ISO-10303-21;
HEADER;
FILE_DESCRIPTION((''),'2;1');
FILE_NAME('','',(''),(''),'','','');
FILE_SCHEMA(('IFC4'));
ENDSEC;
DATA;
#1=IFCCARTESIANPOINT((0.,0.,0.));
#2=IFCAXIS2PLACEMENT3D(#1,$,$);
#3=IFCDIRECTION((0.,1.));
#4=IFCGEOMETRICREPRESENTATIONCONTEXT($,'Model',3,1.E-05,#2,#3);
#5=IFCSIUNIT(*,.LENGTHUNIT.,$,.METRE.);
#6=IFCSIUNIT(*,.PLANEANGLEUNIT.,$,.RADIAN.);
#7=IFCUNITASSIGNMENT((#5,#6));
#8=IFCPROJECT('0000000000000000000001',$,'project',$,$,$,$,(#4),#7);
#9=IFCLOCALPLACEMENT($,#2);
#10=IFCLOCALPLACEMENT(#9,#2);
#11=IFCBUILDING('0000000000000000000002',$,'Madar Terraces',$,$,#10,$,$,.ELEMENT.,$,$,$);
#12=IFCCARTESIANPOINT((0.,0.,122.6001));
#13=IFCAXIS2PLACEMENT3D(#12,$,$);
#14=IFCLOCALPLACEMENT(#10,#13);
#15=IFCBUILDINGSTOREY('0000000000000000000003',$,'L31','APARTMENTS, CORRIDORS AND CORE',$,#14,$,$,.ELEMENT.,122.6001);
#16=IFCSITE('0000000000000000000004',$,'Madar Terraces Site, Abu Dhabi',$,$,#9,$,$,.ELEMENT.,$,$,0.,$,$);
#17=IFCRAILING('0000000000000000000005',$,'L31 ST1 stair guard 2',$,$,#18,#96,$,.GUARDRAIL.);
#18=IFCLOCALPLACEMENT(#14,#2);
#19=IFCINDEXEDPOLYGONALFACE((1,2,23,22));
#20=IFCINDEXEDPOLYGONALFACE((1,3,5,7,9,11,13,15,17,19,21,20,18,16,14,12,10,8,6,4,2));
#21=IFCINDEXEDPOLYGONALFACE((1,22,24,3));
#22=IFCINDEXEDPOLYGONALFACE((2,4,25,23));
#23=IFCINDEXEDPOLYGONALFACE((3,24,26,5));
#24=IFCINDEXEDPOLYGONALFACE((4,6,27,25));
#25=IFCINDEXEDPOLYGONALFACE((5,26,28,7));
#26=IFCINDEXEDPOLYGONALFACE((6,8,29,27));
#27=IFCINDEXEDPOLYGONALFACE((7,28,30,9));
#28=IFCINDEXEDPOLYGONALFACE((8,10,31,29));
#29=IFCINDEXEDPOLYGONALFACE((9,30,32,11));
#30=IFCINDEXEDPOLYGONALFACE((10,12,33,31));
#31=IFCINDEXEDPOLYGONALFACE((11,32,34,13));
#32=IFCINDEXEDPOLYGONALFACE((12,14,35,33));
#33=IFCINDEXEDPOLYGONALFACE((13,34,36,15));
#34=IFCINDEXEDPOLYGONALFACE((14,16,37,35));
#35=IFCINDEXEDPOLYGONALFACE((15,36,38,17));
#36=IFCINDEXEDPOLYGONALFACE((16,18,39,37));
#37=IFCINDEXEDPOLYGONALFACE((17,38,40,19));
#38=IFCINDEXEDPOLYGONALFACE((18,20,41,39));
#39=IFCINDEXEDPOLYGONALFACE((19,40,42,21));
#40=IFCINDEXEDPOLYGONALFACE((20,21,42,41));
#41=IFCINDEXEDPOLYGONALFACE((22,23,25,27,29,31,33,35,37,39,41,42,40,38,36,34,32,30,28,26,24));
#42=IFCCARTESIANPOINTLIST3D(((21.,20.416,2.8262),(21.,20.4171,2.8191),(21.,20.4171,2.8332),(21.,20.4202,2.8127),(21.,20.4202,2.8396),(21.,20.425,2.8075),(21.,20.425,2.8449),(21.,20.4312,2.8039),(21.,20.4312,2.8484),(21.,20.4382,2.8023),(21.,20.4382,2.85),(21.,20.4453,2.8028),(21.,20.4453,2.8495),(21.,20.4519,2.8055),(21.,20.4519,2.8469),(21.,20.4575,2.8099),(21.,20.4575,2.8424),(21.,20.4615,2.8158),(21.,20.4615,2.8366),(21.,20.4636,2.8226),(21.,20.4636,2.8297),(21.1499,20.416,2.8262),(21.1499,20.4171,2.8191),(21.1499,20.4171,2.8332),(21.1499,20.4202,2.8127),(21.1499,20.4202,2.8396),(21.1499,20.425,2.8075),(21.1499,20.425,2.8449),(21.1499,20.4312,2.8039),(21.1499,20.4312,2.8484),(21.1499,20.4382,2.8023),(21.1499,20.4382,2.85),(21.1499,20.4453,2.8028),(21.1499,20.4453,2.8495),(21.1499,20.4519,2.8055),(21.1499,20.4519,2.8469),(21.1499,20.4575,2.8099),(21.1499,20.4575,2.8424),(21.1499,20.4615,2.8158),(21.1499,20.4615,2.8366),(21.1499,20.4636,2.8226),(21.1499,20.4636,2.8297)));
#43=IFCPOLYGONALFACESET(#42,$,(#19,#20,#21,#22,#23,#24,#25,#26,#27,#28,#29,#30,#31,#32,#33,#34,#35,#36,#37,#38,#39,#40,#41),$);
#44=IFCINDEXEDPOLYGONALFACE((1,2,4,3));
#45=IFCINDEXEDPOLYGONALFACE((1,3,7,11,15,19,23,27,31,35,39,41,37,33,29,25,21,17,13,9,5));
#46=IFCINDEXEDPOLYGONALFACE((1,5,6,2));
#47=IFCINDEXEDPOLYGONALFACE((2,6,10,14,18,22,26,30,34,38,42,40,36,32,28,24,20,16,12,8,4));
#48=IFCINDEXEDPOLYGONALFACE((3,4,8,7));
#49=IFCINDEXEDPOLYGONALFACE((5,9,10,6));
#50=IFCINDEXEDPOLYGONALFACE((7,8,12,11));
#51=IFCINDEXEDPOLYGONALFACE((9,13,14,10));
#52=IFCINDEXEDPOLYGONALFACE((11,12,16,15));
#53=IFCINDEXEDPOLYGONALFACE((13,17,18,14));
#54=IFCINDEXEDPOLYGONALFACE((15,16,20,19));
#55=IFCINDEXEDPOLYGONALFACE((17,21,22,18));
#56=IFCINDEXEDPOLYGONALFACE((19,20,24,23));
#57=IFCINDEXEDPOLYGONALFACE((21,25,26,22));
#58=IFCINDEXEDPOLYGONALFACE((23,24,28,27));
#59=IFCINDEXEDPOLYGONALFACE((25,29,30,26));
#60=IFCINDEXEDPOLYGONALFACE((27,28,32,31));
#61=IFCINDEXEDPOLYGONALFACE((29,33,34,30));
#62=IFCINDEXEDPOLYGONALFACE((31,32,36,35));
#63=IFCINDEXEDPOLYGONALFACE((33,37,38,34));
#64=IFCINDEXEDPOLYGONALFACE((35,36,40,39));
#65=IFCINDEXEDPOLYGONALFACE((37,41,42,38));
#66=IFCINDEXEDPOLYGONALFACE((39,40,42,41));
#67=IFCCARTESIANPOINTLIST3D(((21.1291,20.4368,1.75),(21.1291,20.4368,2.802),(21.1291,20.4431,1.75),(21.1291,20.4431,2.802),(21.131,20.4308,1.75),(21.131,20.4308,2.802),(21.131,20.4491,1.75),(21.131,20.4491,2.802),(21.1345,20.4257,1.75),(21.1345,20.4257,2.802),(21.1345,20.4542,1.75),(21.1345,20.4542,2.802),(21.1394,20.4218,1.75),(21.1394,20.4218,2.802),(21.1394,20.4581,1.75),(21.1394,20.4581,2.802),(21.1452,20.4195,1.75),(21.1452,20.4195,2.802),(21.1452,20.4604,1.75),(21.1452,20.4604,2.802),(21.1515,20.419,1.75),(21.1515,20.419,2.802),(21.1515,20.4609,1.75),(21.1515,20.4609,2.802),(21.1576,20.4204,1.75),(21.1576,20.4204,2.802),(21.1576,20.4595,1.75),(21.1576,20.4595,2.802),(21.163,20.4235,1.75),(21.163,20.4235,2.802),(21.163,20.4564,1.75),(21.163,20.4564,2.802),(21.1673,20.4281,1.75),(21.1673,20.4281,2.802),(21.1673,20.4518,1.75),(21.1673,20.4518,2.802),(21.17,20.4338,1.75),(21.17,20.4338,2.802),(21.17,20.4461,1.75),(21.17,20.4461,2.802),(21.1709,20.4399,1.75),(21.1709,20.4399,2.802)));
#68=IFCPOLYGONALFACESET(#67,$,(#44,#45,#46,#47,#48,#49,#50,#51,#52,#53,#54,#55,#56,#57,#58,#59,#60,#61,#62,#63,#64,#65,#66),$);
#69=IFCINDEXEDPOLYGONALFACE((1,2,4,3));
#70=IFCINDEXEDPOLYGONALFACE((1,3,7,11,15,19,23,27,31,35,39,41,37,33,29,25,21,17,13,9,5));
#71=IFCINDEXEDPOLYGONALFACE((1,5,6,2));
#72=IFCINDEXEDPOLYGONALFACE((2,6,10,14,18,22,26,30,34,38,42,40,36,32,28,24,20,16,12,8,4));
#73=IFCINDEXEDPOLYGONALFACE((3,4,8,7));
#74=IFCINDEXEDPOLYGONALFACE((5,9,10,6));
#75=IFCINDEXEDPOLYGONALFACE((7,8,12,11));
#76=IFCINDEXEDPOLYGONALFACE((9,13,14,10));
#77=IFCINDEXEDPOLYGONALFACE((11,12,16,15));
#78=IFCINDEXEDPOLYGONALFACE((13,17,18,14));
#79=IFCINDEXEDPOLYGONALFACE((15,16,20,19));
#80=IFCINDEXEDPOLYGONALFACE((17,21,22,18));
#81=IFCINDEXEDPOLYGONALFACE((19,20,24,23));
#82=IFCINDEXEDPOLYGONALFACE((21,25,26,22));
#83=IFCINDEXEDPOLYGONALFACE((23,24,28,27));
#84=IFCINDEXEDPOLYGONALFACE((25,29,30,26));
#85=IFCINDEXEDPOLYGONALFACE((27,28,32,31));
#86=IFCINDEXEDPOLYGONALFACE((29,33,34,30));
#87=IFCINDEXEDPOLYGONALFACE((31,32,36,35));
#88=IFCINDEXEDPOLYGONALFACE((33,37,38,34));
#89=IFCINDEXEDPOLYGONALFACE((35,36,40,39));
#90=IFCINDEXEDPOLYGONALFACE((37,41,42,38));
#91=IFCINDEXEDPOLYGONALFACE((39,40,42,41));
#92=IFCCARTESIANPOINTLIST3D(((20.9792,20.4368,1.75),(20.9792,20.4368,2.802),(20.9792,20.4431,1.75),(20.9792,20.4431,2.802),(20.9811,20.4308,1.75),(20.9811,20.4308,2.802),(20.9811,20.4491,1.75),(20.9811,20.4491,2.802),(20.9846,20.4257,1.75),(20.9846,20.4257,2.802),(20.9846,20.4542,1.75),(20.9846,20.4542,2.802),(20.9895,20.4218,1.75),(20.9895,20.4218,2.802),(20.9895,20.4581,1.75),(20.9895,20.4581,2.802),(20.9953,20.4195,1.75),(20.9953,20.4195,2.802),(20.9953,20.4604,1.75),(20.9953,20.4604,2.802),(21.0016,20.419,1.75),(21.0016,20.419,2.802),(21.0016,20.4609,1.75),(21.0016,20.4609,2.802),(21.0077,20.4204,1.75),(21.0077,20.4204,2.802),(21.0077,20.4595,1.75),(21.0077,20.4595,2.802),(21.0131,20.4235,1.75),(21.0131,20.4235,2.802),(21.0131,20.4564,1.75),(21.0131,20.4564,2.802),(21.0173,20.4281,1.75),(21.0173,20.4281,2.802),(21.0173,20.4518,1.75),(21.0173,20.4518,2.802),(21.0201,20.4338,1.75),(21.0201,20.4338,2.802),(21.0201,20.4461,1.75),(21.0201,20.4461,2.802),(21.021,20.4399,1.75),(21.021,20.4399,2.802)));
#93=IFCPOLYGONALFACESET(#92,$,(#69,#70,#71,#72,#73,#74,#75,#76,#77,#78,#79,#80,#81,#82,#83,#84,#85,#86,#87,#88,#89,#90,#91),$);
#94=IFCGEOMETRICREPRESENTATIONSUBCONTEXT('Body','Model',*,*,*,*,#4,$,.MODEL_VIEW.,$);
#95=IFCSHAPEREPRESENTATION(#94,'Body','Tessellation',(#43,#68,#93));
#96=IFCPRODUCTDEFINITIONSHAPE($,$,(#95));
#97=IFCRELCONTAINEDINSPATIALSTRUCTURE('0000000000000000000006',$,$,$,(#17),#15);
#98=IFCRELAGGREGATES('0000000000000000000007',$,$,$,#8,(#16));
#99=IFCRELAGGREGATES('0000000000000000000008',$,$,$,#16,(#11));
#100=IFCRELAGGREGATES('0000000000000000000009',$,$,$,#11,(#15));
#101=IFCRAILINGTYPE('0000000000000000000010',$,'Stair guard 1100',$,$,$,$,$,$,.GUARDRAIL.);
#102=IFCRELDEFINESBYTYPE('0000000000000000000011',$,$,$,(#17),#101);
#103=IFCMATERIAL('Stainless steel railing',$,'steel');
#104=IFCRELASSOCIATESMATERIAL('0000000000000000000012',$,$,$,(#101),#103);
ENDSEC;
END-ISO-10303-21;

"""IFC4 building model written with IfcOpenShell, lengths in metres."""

from ifc_helpers import new_model, si_unit, direction, frame, origin, origin_2d, place, context, subcontext, project, spatial, circle, extrude, material, type_object, element, save


model = new_model("IFC4")

# Units and contexts
model_context = context("Model", 3, precision=1e-05, world=origin(), true_north=direction((0.0, 1.0)))
body_context = subcontext(model_context, "Body", "Model", "MODEL_VIEW")
ifc_project = project(units=[si_unit("LENGTHUNIT", "METRE"), si_unit("PLANEANGLEUNIT", "RADIAN")], contexts=[model_context])

# Site, building, storey
site_placement = place(None, origin())
site = spatial("IfcSite", under=ifc_project, at=site_placement, Name="Madar Terraces Site, Abu Dhabi", CompositionType="ELEMENT", RefElevation=0.0)
building_placement = place(site_placement, origin())
building = spatial("IfcBuilding", under=site, at=building_placement, Name="Madar Terraces", CompositionType="ELEMENT")
storey_placement = place(building_placement, frame((0.0, 0.0, 122.6001)))
storey = spatial("IfcBuildingStorey", under=building, at=storey_placement, Name="L31", Description="APARTMENTS, CORRIDORS AND CORE", CompositionType="ELEMENT", Elevation=122.6001)

# Railing
ifc_material_1 = material(Name="Stainless steel railing", Category="steel")
railing_type_1 = type_object("IfcRailingType", Name="Stair guard 1100", PredefinedType="GUARDRAIL", material=ifc_material_1)
railing_1_placement = place(storey_placement, frame((21.1499, 20.4399, 1.75)))
element("IfcRailing", 1, at=railing_1_placement, inside=storey, type_object=railing_type_1, Name="L31 ST1 stair guard 2", PredefinedType="GUARDRAIL", context=body_context, shape_type="SweptSolid", body=[
    extrude(circle(Radius=0.0239, at=origin_2d()), frame((0.0, 0.0, 1.0762), z_axis=(-1.0, 0.0, 0.0), x_axis=(0.0, -1.0, 0.0)), (0.0, 0.0, 1.0), 0.1499),
    extrude(circle(Radius=0.021, at=origin_2d()), origin(), (0.0, 0.0, 1.0), 1.052),
    extrude(circle(Radius=0.021, at=origin_2d()), frame((-0.1499, 0.0, 0.0)), (0.0, 0.0, 1.0), 1.052),
])

save(model, "model.ifc")
